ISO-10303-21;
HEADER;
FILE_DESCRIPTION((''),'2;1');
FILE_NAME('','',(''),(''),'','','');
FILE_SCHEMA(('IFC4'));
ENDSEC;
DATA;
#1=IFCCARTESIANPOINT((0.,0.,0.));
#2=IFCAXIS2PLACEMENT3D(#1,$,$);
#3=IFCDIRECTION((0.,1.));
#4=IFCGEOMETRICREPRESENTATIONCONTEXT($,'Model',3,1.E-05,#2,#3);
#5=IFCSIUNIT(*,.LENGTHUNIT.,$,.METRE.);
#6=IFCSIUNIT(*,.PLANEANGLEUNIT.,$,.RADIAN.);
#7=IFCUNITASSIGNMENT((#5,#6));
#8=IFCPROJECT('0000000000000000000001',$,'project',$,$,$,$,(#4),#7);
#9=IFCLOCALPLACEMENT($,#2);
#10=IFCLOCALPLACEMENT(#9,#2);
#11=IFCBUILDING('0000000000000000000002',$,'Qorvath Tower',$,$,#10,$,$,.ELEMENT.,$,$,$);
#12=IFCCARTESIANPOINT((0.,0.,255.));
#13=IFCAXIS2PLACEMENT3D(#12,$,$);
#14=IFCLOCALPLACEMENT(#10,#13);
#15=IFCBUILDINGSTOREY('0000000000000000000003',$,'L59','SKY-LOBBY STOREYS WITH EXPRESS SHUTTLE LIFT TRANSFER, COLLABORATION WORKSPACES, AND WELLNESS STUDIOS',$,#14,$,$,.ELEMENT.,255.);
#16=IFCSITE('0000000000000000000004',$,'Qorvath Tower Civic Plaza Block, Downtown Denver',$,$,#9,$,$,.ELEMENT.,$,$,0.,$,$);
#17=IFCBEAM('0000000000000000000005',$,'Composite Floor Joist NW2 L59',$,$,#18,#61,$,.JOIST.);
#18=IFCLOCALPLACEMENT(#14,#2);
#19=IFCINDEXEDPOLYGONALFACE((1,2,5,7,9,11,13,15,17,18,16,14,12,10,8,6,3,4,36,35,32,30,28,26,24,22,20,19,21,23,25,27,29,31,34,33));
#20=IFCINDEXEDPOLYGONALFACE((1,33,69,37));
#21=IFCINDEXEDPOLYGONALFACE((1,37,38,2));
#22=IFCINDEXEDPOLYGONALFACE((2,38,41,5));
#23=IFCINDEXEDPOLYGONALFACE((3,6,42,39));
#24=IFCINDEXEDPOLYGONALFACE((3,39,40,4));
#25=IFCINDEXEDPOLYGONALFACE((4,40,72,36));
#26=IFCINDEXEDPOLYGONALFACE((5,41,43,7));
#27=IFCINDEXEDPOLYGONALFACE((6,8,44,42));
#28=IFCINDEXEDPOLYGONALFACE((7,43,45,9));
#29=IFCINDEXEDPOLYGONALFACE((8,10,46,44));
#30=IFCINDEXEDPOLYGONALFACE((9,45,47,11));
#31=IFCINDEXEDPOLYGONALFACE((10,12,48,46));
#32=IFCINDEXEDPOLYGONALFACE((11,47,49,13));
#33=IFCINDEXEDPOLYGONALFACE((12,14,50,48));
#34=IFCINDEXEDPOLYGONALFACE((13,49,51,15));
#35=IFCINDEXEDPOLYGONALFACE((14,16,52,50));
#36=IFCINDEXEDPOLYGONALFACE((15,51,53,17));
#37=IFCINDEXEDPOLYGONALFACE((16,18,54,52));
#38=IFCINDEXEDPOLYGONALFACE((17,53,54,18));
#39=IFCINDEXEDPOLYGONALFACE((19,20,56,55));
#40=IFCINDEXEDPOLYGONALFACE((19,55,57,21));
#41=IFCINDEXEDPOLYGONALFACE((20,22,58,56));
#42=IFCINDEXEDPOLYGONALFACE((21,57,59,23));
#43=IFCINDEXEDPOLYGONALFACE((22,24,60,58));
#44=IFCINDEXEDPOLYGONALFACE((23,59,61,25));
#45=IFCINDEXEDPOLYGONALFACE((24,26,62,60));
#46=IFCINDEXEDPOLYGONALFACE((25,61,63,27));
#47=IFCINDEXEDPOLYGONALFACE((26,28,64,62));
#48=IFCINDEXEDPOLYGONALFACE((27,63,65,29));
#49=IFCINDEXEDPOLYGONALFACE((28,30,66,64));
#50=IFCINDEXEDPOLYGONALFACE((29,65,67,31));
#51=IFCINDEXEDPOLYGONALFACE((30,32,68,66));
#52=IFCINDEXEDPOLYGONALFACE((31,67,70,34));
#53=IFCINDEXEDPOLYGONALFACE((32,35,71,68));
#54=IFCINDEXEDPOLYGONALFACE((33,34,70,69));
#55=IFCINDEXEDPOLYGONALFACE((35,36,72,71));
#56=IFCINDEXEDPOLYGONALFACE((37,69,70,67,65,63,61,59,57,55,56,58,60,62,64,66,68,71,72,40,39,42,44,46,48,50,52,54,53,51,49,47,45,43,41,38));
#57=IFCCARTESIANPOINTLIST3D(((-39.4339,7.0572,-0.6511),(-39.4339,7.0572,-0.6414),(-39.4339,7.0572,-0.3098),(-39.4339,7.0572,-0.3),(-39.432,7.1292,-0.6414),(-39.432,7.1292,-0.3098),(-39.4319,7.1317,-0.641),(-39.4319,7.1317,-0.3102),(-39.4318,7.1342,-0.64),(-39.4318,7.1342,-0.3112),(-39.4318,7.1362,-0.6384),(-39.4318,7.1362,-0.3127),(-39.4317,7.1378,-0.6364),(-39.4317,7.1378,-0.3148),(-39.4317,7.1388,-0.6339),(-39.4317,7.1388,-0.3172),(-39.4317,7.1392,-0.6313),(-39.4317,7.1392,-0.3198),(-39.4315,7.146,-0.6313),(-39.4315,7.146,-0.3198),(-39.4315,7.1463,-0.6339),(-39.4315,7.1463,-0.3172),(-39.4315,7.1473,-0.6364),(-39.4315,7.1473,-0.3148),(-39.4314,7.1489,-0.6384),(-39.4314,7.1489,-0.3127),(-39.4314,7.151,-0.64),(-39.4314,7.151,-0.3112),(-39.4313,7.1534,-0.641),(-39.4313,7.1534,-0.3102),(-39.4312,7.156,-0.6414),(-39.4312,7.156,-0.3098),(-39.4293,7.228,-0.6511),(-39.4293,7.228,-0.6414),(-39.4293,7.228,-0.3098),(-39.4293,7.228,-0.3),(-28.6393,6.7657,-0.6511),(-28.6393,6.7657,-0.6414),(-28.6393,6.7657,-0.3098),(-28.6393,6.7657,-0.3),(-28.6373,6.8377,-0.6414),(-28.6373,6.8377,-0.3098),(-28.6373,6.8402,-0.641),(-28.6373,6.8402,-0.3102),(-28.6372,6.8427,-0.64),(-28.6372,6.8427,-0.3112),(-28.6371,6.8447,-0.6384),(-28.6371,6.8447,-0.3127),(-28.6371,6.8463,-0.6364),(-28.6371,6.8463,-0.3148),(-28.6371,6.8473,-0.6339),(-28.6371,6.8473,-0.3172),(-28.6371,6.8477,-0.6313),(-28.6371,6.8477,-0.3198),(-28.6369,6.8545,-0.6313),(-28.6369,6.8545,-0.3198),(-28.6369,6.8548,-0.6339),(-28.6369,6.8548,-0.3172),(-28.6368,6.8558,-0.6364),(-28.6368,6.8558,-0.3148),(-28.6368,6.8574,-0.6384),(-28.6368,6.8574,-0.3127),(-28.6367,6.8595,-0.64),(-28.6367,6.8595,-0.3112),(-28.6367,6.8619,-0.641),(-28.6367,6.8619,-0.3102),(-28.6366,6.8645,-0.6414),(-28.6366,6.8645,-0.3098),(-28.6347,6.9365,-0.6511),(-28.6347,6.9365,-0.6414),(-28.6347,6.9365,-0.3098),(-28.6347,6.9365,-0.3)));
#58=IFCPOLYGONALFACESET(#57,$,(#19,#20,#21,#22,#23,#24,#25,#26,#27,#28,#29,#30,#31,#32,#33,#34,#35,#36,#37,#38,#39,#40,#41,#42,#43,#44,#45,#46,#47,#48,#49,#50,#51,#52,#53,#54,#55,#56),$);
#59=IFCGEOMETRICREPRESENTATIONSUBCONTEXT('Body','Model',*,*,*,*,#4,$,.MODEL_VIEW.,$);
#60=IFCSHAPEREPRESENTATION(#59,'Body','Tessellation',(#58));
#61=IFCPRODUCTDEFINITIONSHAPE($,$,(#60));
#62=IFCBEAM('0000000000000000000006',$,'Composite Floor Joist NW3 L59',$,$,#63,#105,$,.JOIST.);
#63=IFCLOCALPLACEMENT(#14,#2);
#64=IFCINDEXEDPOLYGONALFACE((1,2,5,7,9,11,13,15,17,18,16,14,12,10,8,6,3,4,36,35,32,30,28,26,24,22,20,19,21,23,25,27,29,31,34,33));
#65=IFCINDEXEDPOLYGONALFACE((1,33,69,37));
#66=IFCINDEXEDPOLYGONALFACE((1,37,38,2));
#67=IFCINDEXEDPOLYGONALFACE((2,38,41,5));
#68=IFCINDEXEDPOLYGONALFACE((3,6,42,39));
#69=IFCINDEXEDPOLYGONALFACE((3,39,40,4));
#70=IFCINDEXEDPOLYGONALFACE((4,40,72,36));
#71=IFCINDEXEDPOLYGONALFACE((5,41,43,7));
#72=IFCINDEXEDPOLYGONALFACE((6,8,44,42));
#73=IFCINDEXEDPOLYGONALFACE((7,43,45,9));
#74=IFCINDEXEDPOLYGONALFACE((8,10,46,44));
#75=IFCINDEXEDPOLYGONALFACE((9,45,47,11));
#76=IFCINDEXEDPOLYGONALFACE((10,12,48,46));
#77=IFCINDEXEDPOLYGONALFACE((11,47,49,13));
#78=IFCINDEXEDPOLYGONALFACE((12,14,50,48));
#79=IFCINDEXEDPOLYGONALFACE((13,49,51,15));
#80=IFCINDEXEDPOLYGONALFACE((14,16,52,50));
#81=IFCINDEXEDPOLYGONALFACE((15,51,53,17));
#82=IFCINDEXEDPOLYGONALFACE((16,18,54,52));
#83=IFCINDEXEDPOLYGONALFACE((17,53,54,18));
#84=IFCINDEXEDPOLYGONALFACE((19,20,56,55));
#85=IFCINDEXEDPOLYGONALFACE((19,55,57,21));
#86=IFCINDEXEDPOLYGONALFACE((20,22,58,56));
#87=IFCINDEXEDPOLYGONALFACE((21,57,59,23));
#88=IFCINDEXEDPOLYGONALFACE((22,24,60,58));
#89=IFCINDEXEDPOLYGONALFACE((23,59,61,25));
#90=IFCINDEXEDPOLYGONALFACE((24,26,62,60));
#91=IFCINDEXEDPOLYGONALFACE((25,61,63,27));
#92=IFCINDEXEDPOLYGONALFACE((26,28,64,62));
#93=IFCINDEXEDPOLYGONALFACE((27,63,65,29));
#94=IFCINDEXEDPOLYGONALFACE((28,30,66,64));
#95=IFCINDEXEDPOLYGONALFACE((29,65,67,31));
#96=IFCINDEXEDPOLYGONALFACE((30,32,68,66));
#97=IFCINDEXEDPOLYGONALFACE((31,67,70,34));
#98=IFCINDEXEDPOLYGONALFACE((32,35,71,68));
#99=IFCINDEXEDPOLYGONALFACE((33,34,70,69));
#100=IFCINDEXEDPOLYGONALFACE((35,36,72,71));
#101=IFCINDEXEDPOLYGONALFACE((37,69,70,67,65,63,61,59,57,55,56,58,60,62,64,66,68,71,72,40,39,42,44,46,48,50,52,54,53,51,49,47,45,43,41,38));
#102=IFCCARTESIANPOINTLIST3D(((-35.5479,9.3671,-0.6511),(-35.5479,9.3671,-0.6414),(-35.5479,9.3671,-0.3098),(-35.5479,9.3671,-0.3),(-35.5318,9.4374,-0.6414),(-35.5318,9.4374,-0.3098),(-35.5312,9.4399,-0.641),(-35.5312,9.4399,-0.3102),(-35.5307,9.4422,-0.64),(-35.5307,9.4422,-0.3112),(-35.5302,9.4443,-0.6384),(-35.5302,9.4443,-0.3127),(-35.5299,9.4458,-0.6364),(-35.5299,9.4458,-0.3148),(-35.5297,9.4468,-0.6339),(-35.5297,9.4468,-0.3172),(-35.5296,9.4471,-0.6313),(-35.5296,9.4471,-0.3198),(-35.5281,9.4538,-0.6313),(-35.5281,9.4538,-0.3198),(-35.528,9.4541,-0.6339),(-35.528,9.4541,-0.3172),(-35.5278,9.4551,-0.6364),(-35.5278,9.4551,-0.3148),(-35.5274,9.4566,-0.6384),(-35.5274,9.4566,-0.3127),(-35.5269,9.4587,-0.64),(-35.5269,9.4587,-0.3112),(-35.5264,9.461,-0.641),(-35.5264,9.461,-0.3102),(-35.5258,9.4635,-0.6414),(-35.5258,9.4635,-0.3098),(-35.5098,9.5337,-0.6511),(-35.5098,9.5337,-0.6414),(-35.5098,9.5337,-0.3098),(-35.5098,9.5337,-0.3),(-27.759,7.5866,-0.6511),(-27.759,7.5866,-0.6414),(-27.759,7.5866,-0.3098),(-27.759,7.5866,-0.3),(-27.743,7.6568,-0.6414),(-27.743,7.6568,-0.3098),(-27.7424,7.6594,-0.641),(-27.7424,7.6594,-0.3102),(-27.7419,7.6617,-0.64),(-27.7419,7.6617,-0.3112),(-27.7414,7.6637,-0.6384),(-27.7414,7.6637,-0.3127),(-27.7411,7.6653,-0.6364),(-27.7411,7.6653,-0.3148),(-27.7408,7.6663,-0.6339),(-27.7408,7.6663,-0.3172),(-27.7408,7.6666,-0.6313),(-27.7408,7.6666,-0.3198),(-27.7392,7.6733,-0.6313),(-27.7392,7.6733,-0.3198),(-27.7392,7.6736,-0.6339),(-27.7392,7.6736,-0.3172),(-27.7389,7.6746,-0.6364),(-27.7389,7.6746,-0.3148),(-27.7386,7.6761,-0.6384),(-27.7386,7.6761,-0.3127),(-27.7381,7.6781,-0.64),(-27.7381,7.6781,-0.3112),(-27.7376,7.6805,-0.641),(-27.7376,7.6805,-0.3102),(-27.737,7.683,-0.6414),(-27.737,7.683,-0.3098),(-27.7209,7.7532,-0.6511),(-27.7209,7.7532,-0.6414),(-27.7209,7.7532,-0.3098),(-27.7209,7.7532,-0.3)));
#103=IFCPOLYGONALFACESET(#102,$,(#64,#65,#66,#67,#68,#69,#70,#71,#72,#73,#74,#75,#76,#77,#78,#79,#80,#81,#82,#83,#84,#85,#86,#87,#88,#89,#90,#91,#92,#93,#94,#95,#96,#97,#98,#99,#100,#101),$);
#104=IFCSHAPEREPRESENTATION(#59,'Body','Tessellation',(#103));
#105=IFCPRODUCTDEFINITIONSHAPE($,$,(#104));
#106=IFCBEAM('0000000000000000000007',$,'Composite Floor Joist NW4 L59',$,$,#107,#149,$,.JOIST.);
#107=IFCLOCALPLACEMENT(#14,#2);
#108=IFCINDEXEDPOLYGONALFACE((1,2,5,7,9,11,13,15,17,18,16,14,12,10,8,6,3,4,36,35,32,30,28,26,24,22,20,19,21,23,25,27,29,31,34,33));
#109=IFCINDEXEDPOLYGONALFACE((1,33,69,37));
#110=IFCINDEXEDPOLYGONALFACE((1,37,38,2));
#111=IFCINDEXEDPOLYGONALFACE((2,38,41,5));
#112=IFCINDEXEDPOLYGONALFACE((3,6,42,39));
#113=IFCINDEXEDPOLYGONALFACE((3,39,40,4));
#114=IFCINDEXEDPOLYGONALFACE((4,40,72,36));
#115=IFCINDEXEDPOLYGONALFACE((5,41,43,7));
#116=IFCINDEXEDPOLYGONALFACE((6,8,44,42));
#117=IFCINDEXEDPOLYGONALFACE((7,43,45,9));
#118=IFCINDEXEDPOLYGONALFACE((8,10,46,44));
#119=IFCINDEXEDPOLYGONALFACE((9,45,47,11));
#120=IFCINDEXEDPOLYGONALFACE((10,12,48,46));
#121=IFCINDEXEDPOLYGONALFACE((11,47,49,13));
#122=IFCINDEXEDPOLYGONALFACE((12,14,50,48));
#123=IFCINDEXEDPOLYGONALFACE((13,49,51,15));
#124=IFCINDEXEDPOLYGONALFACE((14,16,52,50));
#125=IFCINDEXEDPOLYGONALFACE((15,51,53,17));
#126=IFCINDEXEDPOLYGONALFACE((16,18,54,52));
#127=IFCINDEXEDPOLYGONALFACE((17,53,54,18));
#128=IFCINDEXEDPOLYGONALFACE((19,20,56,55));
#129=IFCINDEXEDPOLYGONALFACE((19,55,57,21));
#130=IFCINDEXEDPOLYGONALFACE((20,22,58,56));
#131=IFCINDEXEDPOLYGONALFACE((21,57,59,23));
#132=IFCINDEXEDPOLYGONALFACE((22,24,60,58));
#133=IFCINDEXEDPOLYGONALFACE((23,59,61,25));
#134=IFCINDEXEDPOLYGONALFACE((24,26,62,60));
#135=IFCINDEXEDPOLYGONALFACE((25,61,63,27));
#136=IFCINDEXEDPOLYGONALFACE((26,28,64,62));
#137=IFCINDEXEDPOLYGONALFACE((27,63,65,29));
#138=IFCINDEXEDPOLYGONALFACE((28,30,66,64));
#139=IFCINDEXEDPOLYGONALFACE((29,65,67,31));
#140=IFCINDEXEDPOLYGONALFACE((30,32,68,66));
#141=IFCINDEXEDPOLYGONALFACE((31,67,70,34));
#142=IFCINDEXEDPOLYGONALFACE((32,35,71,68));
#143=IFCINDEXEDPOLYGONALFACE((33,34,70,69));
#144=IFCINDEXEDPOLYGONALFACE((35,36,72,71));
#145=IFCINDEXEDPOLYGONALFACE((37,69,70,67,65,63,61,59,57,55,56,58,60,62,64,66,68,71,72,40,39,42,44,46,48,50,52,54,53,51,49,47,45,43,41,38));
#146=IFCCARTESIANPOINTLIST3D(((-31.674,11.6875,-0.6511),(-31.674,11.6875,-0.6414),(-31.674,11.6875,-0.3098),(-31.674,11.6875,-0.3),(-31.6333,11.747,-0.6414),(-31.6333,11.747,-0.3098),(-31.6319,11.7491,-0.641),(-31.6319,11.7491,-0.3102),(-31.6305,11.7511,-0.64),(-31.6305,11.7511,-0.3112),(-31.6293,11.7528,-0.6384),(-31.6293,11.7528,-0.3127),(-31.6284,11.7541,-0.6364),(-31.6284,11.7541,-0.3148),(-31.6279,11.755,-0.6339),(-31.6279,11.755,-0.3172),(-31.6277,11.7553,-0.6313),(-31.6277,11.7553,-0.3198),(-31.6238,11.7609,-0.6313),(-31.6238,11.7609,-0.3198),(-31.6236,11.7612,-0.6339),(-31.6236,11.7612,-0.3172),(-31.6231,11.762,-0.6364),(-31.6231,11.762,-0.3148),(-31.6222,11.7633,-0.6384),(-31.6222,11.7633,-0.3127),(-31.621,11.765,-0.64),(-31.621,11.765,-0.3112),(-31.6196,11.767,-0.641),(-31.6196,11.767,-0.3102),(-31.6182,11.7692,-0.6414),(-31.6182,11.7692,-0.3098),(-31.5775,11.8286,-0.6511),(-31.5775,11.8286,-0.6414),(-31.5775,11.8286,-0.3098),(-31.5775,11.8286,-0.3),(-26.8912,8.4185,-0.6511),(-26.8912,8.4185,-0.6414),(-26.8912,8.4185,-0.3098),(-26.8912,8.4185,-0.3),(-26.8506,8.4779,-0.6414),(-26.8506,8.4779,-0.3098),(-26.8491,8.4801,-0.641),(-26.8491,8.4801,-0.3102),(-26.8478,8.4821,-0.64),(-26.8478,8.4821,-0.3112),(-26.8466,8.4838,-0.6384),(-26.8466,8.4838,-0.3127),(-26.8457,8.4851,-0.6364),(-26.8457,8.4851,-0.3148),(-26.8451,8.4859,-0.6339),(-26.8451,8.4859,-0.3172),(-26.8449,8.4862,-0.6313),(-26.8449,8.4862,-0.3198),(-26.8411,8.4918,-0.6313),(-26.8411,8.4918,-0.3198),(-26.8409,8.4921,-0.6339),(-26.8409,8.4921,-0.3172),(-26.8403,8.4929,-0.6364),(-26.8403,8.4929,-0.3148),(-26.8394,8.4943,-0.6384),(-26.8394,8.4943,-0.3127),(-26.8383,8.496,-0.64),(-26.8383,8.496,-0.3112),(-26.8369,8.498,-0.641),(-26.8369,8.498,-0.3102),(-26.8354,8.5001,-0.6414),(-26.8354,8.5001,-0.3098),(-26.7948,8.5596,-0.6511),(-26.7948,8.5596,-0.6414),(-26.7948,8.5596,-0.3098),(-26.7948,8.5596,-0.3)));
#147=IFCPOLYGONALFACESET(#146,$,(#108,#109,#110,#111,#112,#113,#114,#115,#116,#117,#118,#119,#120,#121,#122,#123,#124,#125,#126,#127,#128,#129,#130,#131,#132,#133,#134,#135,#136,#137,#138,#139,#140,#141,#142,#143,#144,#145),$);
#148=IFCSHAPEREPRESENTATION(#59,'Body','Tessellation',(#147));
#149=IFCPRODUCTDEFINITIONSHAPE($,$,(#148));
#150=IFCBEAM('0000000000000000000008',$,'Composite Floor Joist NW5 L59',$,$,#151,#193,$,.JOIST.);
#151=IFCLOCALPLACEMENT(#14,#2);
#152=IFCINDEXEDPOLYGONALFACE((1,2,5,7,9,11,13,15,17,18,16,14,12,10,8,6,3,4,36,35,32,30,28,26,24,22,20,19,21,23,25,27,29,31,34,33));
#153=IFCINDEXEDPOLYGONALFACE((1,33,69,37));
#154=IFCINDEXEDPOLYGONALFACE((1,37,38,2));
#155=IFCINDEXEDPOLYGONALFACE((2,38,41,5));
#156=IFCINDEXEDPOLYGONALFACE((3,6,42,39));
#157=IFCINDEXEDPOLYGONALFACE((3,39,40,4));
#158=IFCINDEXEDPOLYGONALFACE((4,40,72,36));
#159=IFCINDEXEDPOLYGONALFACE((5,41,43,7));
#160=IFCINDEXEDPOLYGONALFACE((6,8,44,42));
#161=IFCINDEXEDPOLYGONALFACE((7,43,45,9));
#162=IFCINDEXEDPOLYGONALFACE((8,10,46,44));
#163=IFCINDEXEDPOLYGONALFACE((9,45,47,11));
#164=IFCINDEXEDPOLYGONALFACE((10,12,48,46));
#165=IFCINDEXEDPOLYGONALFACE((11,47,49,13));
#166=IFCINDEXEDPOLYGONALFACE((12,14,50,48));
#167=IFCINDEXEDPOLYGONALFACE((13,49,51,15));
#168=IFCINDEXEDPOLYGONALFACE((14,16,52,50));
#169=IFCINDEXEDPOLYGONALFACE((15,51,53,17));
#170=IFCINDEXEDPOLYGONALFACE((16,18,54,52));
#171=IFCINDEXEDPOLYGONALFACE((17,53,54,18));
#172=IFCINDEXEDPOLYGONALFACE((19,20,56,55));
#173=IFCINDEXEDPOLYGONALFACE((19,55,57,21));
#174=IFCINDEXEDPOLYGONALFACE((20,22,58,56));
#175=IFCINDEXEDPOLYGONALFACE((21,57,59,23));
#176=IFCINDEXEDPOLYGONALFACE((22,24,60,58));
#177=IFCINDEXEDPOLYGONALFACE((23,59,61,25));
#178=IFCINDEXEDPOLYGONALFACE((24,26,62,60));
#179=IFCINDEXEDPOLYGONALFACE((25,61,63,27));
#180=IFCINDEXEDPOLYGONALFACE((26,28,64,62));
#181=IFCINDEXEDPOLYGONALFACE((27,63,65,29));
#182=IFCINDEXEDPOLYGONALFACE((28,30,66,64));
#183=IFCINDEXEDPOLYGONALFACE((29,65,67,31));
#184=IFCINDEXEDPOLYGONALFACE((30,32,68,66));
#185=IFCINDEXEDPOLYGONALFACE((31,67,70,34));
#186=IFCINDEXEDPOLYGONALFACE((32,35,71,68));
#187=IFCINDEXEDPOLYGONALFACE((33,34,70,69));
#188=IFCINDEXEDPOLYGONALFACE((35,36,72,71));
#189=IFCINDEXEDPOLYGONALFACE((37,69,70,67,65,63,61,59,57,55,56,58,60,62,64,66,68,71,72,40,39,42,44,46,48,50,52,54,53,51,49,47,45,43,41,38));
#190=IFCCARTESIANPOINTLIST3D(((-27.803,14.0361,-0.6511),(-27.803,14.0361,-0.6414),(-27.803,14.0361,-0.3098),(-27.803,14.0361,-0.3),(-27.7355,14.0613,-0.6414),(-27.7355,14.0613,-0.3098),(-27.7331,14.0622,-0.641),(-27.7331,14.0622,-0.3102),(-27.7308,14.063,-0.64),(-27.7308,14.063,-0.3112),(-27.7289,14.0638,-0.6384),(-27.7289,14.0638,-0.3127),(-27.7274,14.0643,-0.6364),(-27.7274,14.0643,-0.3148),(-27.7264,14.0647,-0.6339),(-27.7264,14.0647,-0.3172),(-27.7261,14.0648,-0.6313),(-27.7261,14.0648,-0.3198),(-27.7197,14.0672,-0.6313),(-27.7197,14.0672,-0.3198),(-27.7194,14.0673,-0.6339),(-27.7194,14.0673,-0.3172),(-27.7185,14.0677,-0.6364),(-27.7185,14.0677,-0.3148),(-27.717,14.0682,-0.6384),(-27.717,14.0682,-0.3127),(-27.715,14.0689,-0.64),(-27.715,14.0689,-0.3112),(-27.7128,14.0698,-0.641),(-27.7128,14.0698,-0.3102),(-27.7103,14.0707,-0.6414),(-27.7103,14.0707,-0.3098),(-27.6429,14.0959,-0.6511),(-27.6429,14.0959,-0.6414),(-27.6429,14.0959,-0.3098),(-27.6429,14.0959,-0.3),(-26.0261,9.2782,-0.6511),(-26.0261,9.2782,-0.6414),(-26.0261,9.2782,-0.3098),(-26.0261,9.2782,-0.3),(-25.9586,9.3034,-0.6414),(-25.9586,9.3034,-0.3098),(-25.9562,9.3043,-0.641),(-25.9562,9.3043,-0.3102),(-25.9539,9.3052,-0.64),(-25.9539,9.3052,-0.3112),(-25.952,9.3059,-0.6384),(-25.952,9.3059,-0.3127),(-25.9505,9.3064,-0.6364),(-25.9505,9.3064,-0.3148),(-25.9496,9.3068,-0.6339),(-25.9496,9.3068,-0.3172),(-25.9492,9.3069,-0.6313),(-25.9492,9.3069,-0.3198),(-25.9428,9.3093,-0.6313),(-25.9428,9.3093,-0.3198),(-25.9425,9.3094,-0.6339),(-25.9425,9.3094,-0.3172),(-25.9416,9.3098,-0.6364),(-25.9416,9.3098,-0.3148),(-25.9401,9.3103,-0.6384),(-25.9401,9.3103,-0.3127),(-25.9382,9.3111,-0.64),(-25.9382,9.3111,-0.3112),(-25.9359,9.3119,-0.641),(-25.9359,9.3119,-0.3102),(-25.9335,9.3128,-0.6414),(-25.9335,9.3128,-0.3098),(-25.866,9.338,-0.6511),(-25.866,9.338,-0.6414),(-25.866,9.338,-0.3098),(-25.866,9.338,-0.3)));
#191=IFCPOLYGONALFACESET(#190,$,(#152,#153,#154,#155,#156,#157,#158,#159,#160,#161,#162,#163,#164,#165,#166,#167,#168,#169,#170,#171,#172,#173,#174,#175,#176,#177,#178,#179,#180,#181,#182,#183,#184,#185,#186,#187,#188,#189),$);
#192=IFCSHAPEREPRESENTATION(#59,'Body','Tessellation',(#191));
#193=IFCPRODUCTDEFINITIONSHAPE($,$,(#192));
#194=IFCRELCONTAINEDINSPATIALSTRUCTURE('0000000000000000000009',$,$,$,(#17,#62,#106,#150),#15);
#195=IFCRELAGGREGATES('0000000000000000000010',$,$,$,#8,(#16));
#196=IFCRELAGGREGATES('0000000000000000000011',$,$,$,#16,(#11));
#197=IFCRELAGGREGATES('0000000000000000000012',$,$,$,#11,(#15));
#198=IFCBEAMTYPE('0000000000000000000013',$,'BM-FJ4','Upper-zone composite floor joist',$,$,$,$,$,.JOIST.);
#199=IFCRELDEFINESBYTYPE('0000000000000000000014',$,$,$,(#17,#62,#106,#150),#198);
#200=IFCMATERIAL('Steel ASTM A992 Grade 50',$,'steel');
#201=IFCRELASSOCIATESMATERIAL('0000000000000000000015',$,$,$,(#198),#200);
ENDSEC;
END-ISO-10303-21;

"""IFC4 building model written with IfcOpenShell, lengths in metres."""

from ifc_helpers import new_model, si_unit, direction, frame, origin, origin_2d, place, context, subcontext, project, spatial, i_section, extrude, material, material_profile, profile_set, type_object, element, save


model = new_model("IFC4")

# Units and contexts
model_context = context("Model", 3, precision=1e-05, world=origin(), true_north=direction((0.0, 1.0)))
body_context = subcontext(model_context, "Body", "Model", "MODEL_VIEW")
ifc_project = project(units=[si_unit("LENGTHUNIT", "METRE"), si_unit("PLANEANGLEUNIT", "RADIAN")], contexts=[model_context])

# Site, building, storey
site_placement = place(None, origin())
site = spatial("IfcSite", under=ifc_project, at=site_placement, Name="Qorvath Tower Civic Plaza Block, Downtown Denver", CompositionType="ELEMENT", RefElevation=0.0)
building_placement = place(site_placement, origin())
building = spatial("IfcBuilding", under=site, at=building_placement, Name="Qorvath Tower", CompositionType="ELEMENT")
storey_placement = place(building_placement, frame((0.0, 0.0, 255.0)))
storey = spatial("IfcBuildingStorey", under=building, at=storey_placement, Name="L59", Description="SKY-LOBBY STOREYS WITH EXPRESS SHUTTLE LIFT TRANSFER, COLLABORATION WORKSPACES, AND WELLNESS STUDIOS", CompositionType="ELEMENT", Elevation=255.0)

# Beams
ifc_material_1 = material(Name="Steel ASTM A992 Grade 50", Category="steel")
ifc_material_profile_1 = material_profile(ifc_material_1, i_section(OverallWidth=0.1709, OverallDepth=0.3511, WebThickness=0.0068, FlangeThickness=0.0098, FilletRadius=0.01, at=origin_2d()), Name="W14x30")
ifc_profile_set_1 = profile_set([ifc_material_profile_1], Name="Steel ASTM A992 Grade 50")
beam_type_1 = type_object("IfcBeamType", Name="BM-FJ4", Description="Upper-zone composite floor joist", PredefinedType="JOIST", material=ifc_profile_set_1)
beam_1_placement = place(storey_placement, frame((-28.637, 6.8511, -0.4756), z_axis=(-0.999636, 0.026995, 0.0), x_axis=(-0.026995, -0.999636, 0.0)))
element("IfcBeam", 1, at=beam_1_placement, inside=storey, type_object=beam_type_1, Name="Composite Floor Joist NW2 L59", PredefinedType="JOIST", context=body_context, shape_type="SweptSolid", body=[
    extrude(i_section(OverallWidth=0.1709, OverallDepth=0.3511, WebThickness=0.0068, FlangeThickness=0.0098, FilletRadius=0.01, at=origin_2d()), origin(), (0.0, 0.0, 1.0), 10.7986),
])
beam_2_placement = place(storey_placement, frame((-27.74, 7.6699, -0.4756), z_axis=(-0.974853, 0.222851, 0.0), x_axis=(-0.222851, -0.974853, 0.0)))
element("IfcBeam", 2, at=beam_2_placement, inside=storey, type_object=beam_type_1, Name="Composite Floor Joist NW3 L59", PredefinedType="JOIST", context=body_context, shape_type="SweptSolid", body=[
    extrude(i_section(OverallWidth=0.1709, OverallDepth=0.3511, WebThickness=0.0068, FlangeThickness=0.0098, FilletRadius=0.01, at=origin_2d()), origin(), (0.0, 0.0, 1.0), 7.9897),
])
beam_3_placement = place(storey_placement, frame((-26.843, 8.489, -0.4756), z_axis=(-0.825576, 0.564291, 0.0), x_axis=(-0.564291, -0.825576, 0.0)))
element("IfcBeam", 3, at=beam_3_placement, inside=storey, type_object=beam_type_1, Name="Composite Floor Joist NW4 L59", PredefinedType="JOIST", context=body_context, shape_type="SweptSolid", body=[
    extrude(i_section(OverallWidth=0.1709, OverallDepth=0.3511, WebThickness=0.0068, FlangeThickness=0.0098, FilletRadius=0.01, at=origin_2d()), origin(), (0.0, 0.0, 1.0), 5.7932),
])
beam_4_placement = place(storey_placement, frame((-25.946, 9.3081, -0.4756), z_axis=(-0.349859, 0.936802, 0.0), x_axis=(-0.936802, -0.349859, 0.0)))
element("IfcBeam", 4, at=beam_4_placement, inside=storey, type_object=beam_type_1, Name="Composite Floor Joist NW5 L59", PredefinedType="JOIST", context=body_context, shape_type="SweptSolid", body=[
    extrude(i_section(OverallWidth=0.1709, OverallDepth=0.3511, WebThickness=0.0068, FlangeThickness=0.0098, FilletRadius=0.01, at=origin_2d()), origin(), (0.0, 0.0, 1.0), 5.0789),
])

save(model, "model.ifc")
